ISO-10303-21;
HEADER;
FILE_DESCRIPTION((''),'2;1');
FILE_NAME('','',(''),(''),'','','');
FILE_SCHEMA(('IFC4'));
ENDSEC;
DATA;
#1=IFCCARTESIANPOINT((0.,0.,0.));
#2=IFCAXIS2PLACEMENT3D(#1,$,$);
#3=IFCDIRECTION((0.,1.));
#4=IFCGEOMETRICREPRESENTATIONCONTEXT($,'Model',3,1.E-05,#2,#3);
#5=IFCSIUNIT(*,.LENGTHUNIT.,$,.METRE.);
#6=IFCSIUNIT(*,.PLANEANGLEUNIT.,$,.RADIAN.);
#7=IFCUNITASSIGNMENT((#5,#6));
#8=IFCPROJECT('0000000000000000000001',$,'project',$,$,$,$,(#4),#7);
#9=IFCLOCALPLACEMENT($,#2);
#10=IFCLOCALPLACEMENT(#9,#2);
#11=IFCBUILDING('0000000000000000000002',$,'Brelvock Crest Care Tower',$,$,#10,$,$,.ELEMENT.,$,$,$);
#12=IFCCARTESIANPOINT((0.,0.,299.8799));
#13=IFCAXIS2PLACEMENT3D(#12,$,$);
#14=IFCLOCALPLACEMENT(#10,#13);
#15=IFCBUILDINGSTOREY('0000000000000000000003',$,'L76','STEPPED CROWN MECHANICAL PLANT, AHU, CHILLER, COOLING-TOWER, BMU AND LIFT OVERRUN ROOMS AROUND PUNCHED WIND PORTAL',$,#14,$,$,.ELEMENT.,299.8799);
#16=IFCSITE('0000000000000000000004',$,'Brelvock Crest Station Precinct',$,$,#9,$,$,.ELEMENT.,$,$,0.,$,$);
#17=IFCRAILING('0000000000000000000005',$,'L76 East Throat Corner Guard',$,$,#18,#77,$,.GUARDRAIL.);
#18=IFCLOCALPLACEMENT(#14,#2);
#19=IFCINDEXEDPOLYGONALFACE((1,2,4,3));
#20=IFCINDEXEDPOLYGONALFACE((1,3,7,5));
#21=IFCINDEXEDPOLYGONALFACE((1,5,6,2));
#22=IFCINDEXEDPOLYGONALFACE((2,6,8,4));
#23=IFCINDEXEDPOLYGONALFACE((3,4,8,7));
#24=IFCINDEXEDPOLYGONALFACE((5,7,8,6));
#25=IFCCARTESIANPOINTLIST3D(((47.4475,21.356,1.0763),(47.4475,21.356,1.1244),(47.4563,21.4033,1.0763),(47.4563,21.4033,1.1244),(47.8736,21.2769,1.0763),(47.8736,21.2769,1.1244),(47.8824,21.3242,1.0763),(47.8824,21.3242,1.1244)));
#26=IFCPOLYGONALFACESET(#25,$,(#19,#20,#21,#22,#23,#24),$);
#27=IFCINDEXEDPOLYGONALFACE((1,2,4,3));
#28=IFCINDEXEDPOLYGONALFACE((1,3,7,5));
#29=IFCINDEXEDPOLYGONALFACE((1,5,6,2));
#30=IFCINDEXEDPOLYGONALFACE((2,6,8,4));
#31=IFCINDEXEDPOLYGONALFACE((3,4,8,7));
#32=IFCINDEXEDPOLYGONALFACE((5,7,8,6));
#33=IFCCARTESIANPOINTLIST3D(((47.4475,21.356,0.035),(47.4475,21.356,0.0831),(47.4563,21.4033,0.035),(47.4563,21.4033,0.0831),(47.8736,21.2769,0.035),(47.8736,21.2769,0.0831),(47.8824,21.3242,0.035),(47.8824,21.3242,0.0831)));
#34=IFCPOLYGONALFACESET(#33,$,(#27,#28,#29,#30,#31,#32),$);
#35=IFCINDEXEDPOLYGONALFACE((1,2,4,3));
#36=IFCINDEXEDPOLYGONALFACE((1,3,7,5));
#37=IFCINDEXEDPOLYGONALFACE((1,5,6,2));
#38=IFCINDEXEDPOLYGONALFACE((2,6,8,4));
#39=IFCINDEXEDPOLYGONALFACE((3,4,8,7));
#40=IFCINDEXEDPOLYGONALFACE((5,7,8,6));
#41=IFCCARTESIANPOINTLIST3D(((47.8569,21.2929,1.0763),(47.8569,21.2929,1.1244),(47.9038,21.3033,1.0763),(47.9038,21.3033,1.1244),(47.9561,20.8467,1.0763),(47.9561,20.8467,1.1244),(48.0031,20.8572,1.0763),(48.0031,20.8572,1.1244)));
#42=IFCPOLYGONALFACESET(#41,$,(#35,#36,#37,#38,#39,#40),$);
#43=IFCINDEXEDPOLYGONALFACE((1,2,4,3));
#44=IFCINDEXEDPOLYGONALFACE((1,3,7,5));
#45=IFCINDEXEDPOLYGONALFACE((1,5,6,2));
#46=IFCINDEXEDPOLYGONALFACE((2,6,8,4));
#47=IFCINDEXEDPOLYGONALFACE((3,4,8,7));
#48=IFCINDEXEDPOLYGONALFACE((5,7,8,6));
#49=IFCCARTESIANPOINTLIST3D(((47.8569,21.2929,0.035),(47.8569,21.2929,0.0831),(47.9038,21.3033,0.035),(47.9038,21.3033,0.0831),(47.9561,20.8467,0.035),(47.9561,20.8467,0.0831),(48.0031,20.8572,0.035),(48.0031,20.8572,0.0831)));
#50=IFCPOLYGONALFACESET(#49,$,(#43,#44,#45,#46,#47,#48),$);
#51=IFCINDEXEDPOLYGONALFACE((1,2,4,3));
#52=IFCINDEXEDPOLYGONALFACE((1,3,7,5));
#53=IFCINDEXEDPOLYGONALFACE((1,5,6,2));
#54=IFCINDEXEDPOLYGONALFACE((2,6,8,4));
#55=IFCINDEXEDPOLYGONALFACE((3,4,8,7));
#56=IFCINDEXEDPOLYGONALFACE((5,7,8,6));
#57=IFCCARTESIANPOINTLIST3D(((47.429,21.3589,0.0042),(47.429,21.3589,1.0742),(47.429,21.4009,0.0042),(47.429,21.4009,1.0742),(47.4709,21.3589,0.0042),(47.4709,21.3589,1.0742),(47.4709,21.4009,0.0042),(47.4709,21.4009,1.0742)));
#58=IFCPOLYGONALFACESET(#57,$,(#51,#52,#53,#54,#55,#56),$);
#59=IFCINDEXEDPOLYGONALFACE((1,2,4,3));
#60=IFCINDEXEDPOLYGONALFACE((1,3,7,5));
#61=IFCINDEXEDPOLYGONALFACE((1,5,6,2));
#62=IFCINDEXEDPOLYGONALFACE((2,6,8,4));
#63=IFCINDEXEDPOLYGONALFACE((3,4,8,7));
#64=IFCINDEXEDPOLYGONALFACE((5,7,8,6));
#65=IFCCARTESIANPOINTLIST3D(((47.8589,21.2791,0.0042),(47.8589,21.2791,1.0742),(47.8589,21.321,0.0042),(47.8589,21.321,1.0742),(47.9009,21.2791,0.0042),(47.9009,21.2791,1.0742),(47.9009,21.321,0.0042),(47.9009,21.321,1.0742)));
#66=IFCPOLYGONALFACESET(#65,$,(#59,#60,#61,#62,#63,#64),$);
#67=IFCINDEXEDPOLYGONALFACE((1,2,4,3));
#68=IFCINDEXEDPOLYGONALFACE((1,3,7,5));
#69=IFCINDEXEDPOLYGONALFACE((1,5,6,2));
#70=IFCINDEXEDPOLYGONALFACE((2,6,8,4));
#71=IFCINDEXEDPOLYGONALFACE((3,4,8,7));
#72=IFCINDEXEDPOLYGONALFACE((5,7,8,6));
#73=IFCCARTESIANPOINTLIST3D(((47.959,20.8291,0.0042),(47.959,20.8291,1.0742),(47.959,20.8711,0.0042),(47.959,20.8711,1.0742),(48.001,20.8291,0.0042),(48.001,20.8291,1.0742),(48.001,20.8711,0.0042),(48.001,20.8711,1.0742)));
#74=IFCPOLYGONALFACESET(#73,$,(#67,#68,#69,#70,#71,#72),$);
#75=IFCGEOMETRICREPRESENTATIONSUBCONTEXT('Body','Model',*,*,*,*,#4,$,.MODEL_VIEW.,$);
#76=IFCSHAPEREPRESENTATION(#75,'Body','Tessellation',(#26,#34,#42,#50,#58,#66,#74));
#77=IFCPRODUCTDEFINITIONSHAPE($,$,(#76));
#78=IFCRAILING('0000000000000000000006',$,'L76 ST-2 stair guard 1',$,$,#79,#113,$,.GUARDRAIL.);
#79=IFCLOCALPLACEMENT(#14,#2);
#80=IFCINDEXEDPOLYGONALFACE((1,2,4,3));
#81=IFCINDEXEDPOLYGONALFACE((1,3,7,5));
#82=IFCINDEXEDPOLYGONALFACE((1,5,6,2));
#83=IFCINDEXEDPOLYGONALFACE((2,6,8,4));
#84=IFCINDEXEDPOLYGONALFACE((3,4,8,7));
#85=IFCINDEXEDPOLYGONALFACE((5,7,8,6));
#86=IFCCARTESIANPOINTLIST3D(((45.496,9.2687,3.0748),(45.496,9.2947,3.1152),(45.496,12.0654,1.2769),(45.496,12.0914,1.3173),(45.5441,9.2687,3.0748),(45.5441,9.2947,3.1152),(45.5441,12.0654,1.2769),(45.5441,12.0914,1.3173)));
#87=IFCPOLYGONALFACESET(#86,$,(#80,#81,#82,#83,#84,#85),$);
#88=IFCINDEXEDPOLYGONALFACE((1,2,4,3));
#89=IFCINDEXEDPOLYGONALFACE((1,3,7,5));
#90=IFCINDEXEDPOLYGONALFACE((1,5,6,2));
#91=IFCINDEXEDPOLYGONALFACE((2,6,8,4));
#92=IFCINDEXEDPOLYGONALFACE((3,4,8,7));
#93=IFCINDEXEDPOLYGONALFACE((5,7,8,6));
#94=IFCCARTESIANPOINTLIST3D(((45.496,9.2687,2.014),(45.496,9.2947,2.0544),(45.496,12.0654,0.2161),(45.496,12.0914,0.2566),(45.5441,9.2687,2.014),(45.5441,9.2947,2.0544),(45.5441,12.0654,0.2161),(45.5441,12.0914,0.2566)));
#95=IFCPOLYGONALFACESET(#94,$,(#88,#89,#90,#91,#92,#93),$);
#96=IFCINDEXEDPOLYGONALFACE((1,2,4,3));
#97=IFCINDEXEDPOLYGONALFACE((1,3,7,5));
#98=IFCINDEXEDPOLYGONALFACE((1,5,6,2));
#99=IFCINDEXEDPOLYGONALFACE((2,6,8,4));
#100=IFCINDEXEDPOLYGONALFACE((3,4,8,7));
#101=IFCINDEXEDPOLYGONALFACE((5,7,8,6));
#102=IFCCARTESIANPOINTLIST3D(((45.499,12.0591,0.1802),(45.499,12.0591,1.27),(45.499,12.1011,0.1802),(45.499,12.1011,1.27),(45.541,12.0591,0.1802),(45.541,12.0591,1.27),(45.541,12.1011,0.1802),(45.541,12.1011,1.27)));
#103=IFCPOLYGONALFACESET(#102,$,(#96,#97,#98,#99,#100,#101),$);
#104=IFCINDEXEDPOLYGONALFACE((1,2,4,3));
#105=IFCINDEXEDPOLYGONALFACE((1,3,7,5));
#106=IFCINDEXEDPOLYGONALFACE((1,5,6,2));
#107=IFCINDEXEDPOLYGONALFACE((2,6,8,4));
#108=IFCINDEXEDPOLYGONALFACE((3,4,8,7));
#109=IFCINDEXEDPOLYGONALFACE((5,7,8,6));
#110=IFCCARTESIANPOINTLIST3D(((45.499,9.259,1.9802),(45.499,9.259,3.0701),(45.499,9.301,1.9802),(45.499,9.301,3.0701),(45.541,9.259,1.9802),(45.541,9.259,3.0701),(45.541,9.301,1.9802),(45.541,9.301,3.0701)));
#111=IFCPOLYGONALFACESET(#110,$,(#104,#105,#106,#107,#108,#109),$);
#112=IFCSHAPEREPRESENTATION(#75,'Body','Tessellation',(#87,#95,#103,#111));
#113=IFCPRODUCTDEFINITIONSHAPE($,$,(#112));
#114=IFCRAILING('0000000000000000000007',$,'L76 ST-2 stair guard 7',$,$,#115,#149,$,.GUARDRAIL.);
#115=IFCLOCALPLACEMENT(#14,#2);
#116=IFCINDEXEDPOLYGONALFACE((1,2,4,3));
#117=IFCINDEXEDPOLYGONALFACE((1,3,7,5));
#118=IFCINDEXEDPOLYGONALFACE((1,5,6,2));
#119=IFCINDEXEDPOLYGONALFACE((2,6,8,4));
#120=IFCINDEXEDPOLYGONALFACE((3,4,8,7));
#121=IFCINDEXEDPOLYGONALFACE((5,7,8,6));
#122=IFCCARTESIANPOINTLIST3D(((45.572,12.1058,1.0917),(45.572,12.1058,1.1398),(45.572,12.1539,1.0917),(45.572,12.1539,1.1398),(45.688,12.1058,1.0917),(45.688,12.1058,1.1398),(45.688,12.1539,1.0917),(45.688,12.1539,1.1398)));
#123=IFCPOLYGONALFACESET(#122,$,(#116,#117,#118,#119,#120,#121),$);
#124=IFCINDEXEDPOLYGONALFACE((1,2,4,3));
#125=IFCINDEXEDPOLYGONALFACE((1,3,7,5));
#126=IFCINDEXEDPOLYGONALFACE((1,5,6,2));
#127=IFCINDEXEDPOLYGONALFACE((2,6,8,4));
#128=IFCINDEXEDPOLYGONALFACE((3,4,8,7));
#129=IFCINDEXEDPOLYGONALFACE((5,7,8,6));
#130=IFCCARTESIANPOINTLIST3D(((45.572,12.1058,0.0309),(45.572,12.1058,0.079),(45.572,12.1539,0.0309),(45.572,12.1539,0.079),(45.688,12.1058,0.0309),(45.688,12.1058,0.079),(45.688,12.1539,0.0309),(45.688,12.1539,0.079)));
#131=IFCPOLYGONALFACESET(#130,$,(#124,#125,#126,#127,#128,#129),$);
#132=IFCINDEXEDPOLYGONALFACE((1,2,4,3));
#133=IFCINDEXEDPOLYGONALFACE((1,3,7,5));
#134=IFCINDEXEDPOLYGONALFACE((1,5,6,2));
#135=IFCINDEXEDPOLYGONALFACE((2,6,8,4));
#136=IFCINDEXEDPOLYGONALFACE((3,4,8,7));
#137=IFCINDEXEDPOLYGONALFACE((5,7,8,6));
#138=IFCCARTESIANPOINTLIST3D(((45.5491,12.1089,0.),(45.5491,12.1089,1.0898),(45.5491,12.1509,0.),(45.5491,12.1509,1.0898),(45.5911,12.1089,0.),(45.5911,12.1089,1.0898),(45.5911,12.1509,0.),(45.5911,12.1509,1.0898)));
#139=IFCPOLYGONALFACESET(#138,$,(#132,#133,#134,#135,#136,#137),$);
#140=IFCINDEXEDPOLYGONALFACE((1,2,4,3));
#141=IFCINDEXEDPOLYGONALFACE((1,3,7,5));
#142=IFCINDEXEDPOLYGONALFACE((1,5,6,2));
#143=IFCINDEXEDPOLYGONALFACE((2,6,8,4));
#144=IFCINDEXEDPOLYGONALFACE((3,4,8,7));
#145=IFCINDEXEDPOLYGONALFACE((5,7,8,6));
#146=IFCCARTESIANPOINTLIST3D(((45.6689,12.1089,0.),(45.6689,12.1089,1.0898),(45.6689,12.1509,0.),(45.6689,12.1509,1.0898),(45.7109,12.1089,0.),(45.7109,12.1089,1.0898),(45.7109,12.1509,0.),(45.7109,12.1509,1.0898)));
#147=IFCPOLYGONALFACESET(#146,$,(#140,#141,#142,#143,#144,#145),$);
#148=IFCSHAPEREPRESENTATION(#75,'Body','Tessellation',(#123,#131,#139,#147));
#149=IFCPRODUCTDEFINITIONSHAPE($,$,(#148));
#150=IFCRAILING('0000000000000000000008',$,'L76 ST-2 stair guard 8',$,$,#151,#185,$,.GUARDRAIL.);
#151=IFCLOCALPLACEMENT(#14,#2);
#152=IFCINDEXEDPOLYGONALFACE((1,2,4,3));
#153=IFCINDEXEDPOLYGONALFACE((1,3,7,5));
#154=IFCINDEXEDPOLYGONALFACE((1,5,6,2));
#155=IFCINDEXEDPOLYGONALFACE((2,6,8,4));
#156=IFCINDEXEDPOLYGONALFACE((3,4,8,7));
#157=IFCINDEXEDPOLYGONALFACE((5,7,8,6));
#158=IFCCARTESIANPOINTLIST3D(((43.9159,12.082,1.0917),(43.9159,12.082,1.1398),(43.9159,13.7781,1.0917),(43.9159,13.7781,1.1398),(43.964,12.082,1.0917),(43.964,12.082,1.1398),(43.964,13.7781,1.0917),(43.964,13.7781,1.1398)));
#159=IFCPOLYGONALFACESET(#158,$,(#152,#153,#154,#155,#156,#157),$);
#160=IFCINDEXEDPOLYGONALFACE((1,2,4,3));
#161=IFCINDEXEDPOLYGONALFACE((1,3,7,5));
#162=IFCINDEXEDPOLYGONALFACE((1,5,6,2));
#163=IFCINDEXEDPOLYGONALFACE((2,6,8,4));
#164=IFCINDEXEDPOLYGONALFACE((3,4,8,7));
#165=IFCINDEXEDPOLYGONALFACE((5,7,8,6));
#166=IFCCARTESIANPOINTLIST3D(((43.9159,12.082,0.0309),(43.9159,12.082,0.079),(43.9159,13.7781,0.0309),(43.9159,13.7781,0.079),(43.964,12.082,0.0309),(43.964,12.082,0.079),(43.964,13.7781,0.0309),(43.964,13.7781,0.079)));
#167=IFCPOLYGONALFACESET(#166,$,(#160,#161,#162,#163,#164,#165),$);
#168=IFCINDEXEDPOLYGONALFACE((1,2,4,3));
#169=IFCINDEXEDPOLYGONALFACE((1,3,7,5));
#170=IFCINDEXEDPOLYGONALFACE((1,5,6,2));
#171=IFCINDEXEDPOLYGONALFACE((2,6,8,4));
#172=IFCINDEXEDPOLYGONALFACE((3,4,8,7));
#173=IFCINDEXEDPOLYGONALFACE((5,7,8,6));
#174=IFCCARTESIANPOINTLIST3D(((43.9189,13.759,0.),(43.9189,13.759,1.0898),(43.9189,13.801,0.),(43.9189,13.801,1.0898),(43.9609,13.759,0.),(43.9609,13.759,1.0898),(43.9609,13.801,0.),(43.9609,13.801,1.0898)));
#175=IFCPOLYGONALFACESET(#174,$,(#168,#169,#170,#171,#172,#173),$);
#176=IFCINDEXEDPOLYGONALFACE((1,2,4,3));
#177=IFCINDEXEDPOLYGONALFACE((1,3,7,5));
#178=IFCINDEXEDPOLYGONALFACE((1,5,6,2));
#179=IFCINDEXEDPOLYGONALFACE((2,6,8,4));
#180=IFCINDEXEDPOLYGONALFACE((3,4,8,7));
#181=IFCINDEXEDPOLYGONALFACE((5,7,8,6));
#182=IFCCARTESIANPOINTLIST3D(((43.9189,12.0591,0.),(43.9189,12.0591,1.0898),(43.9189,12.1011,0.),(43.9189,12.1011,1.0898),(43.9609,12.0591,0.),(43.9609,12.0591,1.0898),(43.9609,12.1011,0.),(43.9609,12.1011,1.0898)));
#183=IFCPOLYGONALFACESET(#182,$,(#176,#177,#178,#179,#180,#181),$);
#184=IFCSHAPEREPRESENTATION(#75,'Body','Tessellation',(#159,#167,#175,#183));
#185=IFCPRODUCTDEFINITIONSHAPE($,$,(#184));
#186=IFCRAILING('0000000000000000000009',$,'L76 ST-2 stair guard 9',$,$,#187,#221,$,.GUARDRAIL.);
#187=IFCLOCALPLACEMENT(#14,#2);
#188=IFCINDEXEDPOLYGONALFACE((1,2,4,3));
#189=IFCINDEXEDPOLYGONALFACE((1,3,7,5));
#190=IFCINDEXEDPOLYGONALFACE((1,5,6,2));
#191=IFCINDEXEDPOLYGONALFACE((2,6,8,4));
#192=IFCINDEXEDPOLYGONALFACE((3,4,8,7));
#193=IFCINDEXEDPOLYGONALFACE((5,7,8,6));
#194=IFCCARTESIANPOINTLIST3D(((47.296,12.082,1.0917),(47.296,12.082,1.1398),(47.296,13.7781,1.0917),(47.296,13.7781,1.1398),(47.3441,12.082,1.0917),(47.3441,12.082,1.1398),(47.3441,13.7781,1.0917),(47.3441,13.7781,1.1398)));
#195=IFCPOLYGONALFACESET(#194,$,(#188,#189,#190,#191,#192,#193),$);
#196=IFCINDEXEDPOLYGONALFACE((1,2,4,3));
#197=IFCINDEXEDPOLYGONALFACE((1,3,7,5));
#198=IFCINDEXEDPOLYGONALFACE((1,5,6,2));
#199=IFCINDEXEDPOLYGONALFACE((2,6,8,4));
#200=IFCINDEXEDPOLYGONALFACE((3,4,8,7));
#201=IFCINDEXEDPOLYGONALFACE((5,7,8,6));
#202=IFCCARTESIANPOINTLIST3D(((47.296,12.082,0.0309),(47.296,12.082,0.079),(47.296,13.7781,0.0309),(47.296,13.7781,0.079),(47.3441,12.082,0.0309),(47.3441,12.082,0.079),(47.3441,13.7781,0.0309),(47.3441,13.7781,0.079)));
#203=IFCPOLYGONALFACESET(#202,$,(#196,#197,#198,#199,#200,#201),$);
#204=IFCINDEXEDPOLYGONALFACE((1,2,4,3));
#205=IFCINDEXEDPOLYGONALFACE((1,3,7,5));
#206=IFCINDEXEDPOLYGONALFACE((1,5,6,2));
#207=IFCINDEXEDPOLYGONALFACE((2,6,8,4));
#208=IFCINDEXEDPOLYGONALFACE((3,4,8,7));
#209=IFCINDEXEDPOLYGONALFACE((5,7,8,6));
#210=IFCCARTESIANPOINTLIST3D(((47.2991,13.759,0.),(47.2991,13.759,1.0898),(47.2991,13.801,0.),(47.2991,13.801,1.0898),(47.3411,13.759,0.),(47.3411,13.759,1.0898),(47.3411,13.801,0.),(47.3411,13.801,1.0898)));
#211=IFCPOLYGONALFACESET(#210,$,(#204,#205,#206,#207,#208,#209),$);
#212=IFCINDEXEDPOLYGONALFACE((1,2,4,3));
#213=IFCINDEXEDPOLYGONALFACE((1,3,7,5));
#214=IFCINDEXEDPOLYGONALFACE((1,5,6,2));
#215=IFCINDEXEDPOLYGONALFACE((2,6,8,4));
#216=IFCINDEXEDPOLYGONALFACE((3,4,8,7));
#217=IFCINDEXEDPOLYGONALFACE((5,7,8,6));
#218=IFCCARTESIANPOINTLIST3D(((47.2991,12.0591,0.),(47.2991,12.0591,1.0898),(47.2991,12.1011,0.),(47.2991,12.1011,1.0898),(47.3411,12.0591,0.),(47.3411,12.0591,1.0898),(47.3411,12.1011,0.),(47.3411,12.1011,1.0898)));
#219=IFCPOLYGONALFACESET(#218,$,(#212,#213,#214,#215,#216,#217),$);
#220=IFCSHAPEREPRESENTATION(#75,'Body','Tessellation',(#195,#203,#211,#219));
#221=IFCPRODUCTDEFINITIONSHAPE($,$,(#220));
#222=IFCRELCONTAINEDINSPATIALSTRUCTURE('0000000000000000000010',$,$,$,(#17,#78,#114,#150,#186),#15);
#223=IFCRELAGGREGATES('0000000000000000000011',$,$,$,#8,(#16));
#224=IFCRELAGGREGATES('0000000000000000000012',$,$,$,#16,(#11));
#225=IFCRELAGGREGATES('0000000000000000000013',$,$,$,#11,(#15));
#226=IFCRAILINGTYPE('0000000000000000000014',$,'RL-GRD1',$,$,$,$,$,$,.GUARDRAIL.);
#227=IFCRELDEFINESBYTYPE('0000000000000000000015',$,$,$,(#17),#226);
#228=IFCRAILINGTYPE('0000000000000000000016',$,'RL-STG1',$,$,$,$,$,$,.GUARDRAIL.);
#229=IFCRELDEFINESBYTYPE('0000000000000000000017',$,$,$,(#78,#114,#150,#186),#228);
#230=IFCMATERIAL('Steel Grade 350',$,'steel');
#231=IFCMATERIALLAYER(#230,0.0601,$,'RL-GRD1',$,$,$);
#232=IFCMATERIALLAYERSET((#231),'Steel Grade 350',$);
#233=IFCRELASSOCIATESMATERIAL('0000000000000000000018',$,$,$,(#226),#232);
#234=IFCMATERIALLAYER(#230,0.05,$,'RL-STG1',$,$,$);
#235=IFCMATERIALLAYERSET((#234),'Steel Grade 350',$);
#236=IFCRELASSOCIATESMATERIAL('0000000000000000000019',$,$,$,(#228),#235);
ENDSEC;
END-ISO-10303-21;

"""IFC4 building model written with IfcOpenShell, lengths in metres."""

from ifc_helpers import new_model, si_unit, direction, frame, origin, origin_2d, place, context, subcontext, project, spatial, rectangle, extrude, material, layer, layer_set, type_object, element, save


model = new_model("IFC4")

# Units and contexts
model_context = context("Model", 3, precision=1e-05, world=origin(), true_north=direction((0.0, 1.0)))
body_context = subcontext(model_context, "Body", "Model", "MODEL_VIEW")
ifc_project = project(units=[si_unit("LENGTHUNIT", "METRE"), si_unit("PLANEANGLEUNIT", "RADIAN")], contexts=[model_context])

# Site, building, storey
site_placement = place(None, origin())
site = spatial("IfcSite", under=ifc_project, at=site_placement, Name="Brelvock Crest Station Precinct", CompositionType="ELEMENT", RefElevation=0.0)
building_placement = place(site_placement, origin())
building = spatial("IfcBuilding", under=site, at=building_placement, Name="Brelvock Crest Care Tower", CompositionType="ELEMENT")
storey_placement = place(building_placement, frame((0.0, 0.0, 299.8799)))
storey = spatial("IfcBuildingStorey", under=building, at=storey_placement, Name="L76", Description="STEPPED CROWN MECHANICAL PLANT, AHU, CHILLER, COOLING-TOWER, BMU AND LIFT OVERRUN ROOMS AROUND PUNCHED WIND PORTAL", CompositionType="ELEMENT", Elevation=299.8799)

# Shared definitions
ifc_material_1 = material(Name="Steel Grade 350", Category="steel")

# Railings
ifc_layer_1 = layer(ifc_material_1, 0.0601, Name="RL-GRD1")
ifc_layer_set_1 = layer_set([ifc_layer_1], Name="Steel Grade 350")
railing_type_1 = type_object("IfcRailingType", Name="RL-GRD1", PredefinedType="GUARDRAIL", material=ifc_layer_set_1)
railing_1_placement = place(storey_placement, frame((47.45, 21.3799, 0.0042)))
element("IfcRailing", 1, at=railing_1_placement, inside=storey, type_object=railing_type_1, Name="L76 East Throat Corner Guard", PredefinedType="GUARDRAIL", context=body_context, shape_type="SweptSolid", body=[
    extrude(rectangle(XDim=0.0481, YDim=0.0481, at=origin_2d()), frame((0.002, -0.0002, 1.0962), z_axis=(0.983193, -0.182569, 0.0), x_axis=(0.182569, 0.983193, 0.0)), (0.0, 0.0, 1.0), 0.4333),
    extrude(rectangle(XDim=0.0481, YDim=0.0481, at=origin_2d()), frame((0.002, -0.0002, 0.0549), z_axis=(0.983193, -0.182569, 0.0), x_axis=(0.182569, 0.983193, 0.0)), (0.0, 0.0, 1.0), 0.4333),
    extrude(rectangle(XDim=0.0481, YDim=0.0481, at=origin_2d()), frame((0.4304, -0.0818, 1.0962), z_axis=(0.217155, -0.976137, 0.0), x_axis=(0.976137, 0.217155, 0.0)), (0.0, 0.0, 1.0), 0.457),
    extrude(rectangle(XDim=0.0481, YDim=0.0481, at=origin_2d()), frame((0.4304, -0.0818, 0.0549), z_axis=(0.217155, -0.976137, 0.0), x_axis=(0.976137, 0.217155, 0.0)), (0.0, 0.0, 1.0), 0.457),
    extrude(rectangle(XDim=0.042, YDim=0.042, at=origin_2d()), origin(), (0.0, 0.0, 1.0), 1.0701),
    extrude(rectangle(XDim=0.042, YDim=0.042, at=origin_2d()), frame((0.4299, -0.0798, 0.0)), (0.0, 0.0, 1.0), 1.0701),
    extrude(rectangle(XDim=0.042, YDim=0.042, at=origin_2d()), frame((0.53, -0.5298, 0.0)), (0.0, 0.0, 1.0), 1.0701),
])
ifc_layer_2 = layer(ifc_material_1, 0.05, Name="RL-STG1")
ifc_layer_set_2 = layer_set([ifc_layer_2], Name="Steel Grade 350")
railing_type_2 = type_object("IfcRailingType", Name="RL-STG1", PredefinedType="GUARDRAIL", material=ifc_layer_set_2)
railing_2_placement = place(storey_placement, frame((45.52, 12.0801, 0.1802)))
element("IfcRailing", 2, at=railing_2_placement, inside=storey, type_object=railing_type_2, Name="L76 ST-2 stair guard 1", PredefinedType="GUARDRAIL", context=body_context, shape_type="SweptSolid", body=[
    extrude(rectangle(XDim=0.0481, YDim=0.0481, at=origin_2d()), frame((0.0, -0.0017, 1.1169), z_axis=(0.0, -0.841176, 0.540761), x_axis=(1.0, 0.0, 0.0)), (0.0, 0.0, 1.0), 3.3247),
    extrude(rectangle(XDim=0.0481, YDim=0.0481, at=origin_2d()), frame((0.0, -0.0017, 0.0562), z_axis=(0.0, -0.841176, 0.540761), x_axis=(1.0, 0.0, 0.0)), (0.0, 0.0, 1.0), 3.3247),
    extrude(rectangle(XDim=0.042, YDim=0.042, at=origin_2d()), origin(), (0.0, 0.0, 1.0), 1.0898),
    extrude(rectangle(XDim=0.042, YDim=0.042, at=origin_2d()), frame((0.0, -2.8, 1.8)), (0.0, 0.0, 1.0), 1.0898),
])
railing_3_placement = place(storey_placement, frame((45.5701, 12.1299, 0.0)))
element("IfcRailing", 3, at=railing_3_placement, inside=storey, type_object=railing_type_2, Name="L76 ST-2 stair guard 7", PredefinedType="GUARDRAIL", context=body_context, shape_type="SweptSolid", body=[
    extrude(rectangle(XDim=0.0481, YDim=0.0481, at=origin_2d()), frame((0.002, 0.0, 1.1157), z_axis=(1.0, 0.0, 0.0), x_axis=(0.0, 1.0, 0.0)), (0.0, 0.0, 1.0), 0.116),
    extrude(rectangle(XDim=0.0481, YDim=0.0481, at=origin_2d()), frame((0.002, 0.0, 0.0549), z_axis=(1.0, 0.0, 0.0), x_axis=(0.0, 1.0, 0.0)), (0.0, 0.0, 1.0), 0.116),
    extrude(rectangle(XDim=0.042, YDim=0.042, at=origin_2d()), origin(), (0.0, 0.0, 1.0), 1.0898),
    extrude(rectangle(XDim=0.042, YDim=0.042, at=origin_2d()), frame((0.1199, 0.0, 0.0)), (0.0, 0.0, 1.0), 1.0898),
])
for number, where, name in (
    (4, (43.9399, 13.78, 0.0), "L76 ST-2 stair guard 8"),
    (5, (47.3201, 13.78, 0.0), "L76 ST-2 stair guard 9"),
):
    element("IfcRailing", number, at=place(storey_placement, frame(where)), inside=storey, type_object=railing_type_2, Name=name, PredefinedType="GUARDRAIL", context=body_context, shape_type="SweptSolid", body=[
        extrude(rectangle(XDim=0.0481, YDim=0.0481, at=origin_2d()), frame((0.0, -0.002, 1.1157), z_axis=(0.0, -1.0, 0.0), x_axis=(1.0, 0.0, 0.0)), (0.0, 0.0, 1.0), 1.696),
        extrude(rectangle(XDim=0.0481, YDim=0.0481, at=origin_2d()), frame((0.0, -0.002, 0.0549), z_axis=(0.0, -1.0, 0.0), x_axis=(1.0, 0.0, 0.0)), (0.0, 0.0, 1.0), 1.696),
        extrude(rectangle(XDim=0.042, YDim=0.042, at=origin_2d()), origin(), (0.0, 0.0, 1.0), 1.0898),
        extrude(rectangle(XDim=0.042, YDim=0.042, at=origin_2d()), frame((0.0, -1.7, 0.0)), (0.0, 0.0, 1.0), 1.0898),
    ])

save(model, "model.ifc")
